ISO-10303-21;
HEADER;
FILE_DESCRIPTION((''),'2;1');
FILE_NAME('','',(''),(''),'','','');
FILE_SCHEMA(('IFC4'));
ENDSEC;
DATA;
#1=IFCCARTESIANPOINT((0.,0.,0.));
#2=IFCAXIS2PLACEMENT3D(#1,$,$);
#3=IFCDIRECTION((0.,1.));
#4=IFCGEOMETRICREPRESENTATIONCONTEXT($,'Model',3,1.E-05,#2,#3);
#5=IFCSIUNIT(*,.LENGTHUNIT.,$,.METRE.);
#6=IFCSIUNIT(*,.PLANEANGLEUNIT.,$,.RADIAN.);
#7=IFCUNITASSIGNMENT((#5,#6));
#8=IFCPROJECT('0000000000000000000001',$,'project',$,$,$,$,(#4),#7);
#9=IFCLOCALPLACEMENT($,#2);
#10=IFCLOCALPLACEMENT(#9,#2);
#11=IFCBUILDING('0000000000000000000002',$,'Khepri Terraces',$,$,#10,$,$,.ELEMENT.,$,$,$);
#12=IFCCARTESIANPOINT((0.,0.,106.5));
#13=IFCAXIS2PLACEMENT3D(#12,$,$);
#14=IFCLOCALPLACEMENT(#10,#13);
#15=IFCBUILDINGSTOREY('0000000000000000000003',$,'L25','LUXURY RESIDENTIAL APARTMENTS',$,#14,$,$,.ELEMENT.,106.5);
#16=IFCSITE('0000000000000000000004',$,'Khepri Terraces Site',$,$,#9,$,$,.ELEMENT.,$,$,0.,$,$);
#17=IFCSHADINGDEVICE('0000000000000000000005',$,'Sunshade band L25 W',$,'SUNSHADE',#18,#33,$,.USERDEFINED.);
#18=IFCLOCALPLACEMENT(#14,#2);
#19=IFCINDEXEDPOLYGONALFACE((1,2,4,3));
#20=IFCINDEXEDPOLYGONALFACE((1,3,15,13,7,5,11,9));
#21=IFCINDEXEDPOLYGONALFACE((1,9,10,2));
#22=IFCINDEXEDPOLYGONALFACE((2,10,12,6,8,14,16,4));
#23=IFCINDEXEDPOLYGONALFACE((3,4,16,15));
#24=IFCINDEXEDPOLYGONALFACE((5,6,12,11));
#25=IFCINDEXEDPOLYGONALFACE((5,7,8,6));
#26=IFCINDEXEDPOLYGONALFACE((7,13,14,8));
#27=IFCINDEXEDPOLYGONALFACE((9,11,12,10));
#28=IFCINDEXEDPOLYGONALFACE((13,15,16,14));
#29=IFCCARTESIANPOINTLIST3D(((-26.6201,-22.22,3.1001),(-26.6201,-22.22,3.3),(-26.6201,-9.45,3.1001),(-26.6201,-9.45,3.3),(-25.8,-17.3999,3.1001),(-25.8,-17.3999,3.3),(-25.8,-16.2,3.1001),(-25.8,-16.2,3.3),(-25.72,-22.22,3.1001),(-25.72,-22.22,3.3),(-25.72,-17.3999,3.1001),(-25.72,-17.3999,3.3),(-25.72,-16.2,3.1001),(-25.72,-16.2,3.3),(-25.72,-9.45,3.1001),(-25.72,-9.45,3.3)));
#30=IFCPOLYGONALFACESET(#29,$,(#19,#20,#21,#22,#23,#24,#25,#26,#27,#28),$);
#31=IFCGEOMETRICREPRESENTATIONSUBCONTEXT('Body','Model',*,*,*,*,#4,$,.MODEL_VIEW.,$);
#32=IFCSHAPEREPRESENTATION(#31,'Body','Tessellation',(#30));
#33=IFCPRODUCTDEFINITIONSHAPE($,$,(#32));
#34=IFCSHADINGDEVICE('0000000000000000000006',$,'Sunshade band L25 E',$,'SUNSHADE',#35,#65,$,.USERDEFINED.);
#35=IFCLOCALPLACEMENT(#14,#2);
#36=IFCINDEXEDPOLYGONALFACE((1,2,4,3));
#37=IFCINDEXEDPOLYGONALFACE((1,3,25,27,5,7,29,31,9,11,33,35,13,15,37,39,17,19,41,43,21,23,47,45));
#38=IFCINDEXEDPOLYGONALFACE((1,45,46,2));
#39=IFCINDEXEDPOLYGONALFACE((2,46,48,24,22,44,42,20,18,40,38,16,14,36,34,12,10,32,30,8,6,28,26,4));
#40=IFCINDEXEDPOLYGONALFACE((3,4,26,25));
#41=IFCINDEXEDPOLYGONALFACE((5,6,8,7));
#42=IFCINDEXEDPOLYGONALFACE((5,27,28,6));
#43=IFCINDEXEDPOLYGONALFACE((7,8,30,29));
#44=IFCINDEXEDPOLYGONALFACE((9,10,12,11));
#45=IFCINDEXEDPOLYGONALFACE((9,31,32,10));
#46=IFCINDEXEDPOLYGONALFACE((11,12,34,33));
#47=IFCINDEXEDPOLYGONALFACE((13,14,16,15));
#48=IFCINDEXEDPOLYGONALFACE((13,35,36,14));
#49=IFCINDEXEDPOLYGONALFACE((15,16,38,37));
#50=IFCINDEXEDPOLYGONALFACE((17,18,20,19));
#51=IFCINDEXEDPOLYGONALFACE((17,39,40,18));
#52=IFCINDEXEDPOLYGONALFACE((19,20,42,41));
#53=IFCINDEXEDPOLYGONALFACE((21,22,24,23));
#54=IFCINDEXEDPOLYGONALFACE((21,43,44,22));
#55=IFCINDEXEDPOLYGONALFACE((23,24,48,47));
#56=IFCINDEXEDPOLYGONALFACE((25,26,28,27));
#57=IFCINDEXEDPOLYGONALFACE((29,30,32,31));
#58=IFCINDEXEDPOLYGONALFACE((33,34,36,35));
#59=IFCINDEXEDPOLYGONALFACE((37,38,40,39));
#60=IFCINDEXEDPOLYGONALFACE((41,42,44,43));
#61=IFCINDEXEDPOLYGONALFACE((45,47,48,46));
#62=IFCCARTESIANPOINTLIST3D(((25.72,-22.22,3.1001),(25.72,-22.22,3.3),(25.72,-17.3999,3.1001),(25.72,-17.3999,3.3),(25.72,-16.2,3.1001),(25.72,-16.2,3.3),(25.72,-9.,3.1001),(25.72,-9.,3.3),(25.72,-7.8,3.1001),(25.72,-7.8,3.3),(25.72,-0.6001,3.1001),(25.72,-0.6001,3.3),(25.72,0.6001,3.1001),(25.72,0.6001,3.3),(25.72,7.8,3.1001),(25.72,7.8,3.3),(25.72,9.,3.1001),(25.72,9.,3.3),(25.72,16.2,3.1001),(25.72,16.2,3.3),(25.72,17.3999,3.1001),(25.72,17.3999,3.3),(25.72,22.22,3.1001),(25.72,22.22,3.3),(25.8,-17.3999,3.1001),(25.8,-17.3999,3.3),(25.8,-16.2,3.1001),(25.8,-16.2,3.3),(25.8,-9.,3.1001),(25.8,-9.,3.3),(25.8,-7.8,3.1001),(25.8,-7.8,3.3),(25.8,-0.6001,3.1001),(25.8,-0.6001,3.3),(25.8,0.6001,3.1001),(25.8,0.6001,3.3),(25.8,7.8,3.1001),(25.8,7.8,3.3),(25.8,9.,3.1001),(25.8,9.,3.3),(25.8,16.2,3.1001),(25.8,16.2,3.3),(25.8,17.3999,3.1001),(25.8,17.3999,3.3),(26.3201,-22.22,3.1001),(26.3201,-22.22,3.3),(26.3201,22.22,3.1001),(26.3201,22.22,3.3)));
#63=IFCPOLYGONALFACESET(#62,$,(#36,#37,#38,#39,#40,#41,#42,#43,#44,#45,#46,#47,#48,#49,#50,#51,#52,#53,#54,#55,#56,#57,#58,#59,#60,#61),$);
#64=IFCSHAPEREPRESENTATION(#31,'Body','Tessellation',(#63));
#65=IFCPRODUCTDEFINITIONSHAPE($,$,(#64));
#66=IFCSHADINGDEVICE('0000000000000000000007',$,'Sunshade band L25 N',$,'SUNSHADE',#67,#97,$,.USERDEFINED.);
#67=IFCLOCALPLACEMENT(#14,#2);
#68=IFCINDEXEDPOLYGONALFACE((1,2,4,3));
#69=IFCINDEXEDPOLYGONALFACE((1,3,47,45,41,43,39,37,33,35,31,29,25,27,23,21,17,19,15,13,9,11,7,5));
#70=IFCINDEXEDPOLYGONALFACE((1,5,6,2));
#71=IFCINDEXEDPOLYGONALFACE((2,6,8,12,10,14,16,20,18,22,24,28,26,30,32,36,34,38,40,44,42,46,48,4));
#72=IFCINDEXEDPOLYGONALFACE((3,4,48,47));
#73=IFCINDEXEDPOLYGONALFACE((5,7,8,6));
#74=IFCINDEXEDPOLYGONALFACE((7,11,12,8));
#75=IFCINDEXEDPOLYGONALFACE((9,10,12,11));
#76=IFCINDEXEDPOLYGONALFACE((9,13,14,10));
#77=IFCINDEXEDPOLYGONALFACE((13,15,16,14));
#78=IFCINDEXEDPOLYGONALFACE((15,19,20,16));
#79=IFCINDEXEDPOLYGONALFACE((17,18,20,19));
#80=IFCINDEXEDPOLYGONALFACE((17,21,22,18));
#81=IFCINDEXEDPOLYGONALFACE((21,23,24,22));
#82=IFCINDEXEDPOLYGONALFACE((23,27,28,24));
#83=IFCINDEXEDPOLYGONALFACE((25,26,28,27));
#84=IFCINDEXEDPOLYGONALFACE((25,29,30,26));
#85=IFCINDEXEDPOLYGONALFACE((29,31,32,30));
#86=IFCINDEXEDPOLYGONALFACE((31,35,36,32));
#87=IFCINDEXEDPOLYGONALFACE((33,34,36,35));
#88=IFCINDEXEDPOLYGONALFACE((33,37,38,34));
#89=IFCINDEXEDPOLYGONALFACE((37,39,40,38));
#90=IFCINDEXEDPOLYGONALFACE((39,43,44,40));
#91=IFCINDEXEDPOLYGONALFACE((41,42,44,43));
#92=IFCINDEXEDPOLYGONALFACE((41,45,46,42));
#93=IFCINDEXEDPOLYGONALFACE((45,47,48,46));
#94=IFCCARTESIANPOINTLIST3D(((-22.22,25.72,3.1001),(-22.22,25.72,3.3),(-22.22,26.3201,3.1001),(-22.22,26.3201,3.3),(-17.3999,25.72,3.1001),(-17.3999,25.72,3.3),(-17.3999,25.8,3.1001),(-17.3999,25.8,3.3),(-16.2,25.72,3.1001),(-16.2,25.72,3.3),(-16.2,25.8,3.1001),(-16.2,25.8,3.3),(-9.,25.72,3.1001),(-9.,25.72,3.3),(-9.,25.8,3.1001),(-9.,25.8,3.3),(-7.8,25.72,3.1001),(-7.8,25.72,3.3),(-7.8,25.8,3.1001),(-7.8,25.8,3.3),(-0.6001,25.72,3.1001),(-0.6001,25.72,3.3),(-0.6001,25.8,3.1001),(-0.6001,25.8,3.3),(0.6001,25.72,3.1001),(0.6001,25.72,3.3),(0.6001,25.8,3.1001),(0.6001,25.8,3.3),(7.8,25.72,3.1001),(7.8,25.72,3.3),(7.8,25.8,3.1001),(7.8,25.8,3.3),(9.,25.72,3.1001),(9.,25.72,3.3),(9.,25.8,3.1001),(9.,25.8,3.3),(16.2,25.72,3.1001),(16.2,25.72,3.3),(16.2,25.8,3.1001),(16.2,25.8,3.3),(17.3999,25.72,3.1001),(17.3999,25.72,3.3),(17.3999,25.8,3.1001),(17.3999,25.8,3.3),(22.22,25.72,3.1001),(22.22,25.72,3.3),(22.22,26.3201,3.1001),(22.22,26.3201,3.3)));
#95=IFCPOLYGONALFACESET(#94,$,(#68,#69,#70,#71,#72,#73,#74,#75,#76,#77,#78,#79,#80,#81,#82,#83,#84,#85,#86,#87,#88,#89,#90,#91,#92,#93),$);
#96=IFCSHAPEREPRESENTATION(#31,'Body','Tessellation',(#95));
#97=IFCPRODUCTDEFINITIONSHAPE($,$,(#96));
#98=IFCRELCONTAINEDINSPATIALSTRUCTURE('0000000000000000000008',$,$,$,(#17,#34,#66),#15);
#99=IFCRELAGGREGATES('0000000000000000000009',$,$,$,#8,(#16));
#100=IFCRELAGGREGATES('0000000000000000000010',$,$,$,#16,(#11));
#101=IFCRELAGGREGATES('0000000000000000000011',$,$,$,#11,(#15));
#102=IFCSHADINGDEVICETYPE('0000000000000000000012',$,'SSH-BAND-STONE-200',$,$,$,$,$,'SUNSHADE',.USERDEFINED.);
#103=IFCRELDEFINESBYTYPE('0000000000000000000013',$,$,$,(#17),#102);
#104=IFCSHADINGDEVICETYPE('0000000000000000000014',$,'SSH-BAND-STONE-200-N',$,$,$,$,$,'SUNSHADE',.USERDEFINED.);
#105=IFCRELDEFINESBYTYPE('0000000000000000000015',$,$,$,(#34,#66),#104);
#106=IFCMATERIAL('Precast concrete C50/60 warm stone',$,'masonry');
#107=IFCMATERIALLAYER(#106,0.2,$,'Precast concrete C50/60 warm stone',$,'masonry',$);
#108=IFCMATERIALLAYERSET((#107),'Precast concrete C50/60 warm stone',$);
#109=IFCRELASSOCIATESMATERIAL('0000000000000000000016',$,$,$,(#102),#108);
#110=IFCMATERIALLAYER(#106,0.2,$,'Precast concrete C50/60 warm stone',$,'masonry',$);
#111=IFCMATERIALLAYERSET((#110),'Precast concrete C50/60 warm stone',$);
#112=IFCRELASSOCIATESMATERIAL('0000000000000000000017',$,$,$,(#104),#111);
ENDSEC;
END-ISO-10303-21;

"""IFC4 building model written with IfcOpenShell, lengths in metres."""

from ifc_helpers import new_model, si_unit, direction, frame, origin, place, context, subcontext, project, spatial, polyline, outline, extrude, material, layer, layer_set, type_object, element, save


model = new_model("IFC4")

# Units and contexts
model_context = context("Model", 3, precision=1e-05, world=origin(), true_north=direction((0.0, 1.0)))
body_context = subcontext(model_context, "Body", "Model", "MODEL_VIEW")
ifc_project = project(units=[si_unit("LENGTHUNIT", "METRE"), si_unit("PLANEANGLEUNIT", "RADIAN")], contexts=[model_context])

# Site, building, storey
site_placement = place(None, origin())
site = spatial("IfcSite", under=ifc_project, at=site_placement, Name="Khepri Terraces Site", CompositionType="ELEMENT", RefElevation=0.0)
building_placement = place(site_placement, origin())
building = spatial("IfcBuilding", under=site, at=building_placement, Name="Khepri Terraces", CompositionType="ELEMENT")
storey_placement = place(building_placement, frame((0.0, 0.0, 106.5)))
storey = spatial("IfcBuildingStorey", under=building, at=storey_placement, Name="L25", Description="LUXURY RESIDENTIAL APARTMENTS", CompositionType="ELEMENT", Elevation=106.5)

# Shading devices
ifc_material_1 = material(Name="Precast concrete C50/60 warm stone", Category="masonry")
ifc_layer_1 = layer(ifc_material_1, 0.2, Name="Precast concrete C50/60 warm stone", Category="masonry")
ifc_layer_set_1 = layer_set([ifc_layer_1], Name="Precast concrete C50/60 warm stone")
shading_device_type_1 = type_object("IfcShadingDeviceType", Name="SSH-BAND-STONE-200", ElementType="SUNSHADE", PredefinedType="USERDEFINED", material=ifc_layer_set_1)
shading_device_1_placement = place(storey_placement, frame((0.0, 0.0, 3.1001)))
element("IfcShadingDevice", 1, at=shading_device_1_placement, inside=storey, type_object=shading_device_type_1, Name="Sunshade band L25 W", ObjectType="SUNSHADE", PredefinedType="USERDEFINED", context=body_context, shape_type="SweptSolid", body=[
    extrude(outline(polyline([(-25.72, -16.2), (-25.72, -9.45), (-26.6201, -9.45), (-26.6201, -22.22), (-25.72, -22.22), (-25.72, -17.3999), (-25.8, -17.3999), (-25.8, -16.2), (-25.72, -16.2)])), origin(), (0.0, 0.0, 1.0), 0.2),
])
ifc_layer_2 = layer(ifc_material_1, 0.2, Name="Precast concrete C50/60 warm stone", Category="masonry")
ifc_layer_set_2 = layer_set([ifc_layer_2], Name="Precast concrete C50/60 warm stone")
shading_device_type_2 = type_object("IfcShadingDeviceType", Name="SSH-BAND-STONE-200-N", ElementType="SUNSHADE", PredefinedType="USERDEFINED", material=ifc_layer_set_2)
shading_device_2_placement = place(storey_placement, frame((0.0, 0.0, 3.1001)))
element("IfcShadingDevice", 2, at=shading_device_2_placement, inside=storey, type_object=shading_device_type_2, Name="Sunshade band L25 E", ObjectType="SUNSHADE", PredefinedType="USERDEFINED", context=body_context, shape_type="SweptSolid", body=[
    extrude(outline(polyline([(25.72, -17.3999), (25.72, -22.22), (26.3201, -22.22), (26.3201, 22.22), (25.72, 22.22), (25.72, 17.3999), (25.8, 17.3999), (25.8, 16.2), (25.72, 16.2), (25.72, 9.0), (25.8, 9.0), (25.8, 7.8), (25.72, 7.8), (25.72, 0.6001), (25.8, 0.6001), (25.8, -0.6001), (25.72, -0.6001), (25.72, -7.8), (25.8, -7.8), (25.8, -9.0), (25.72, -9.0), (25.72, -16.2), (25.8, -16.2), (25.8, -17.3999), (25.72, -17.3999)])), origin(), (0.0, 0.0, 1.0), 0.2),
])
shading_device_3_placement = place(storey_placement, frame((0.0, 0.0, 3.1001)))
element("IfcShadingDevice", 3, at=shading_device_3_placement, inside=storey, type_object=shading_device_type_2, Name="Sunshade band L25 N", ObjectType="SUNSHADE", PredefinedType="USERDEFINED", context=body_context, shape_type="SweptSolid", body=[
    extrude(outline(polyline([(17.3999, 25.72), (22.22, 25.72), (22.22, 26.3201), (-22.22, 26.3201), (-22.22, 25.72), (-17.3999, 25.72), (-17.3999, 25.8), (-16.2, 25.8), (-16.2, 25.72), (-9.0, 25.72), (-9.0, 25.8), (-7.8, 25.8), (-7.8, 25.72), (-0.6001, 25.72), (-0.6001, 25.8), (0.6001, 25.8), (0.6001, 25.72), (7.8, 25.72), (7.8, 25.8), (9.0, 25.8), (9.0, 25.72), (16.2, 25.72), (16.2, 25.8), (17.3999, 25.8), (17.3999, 25.72)])), origin(), (0.0, 0.0, 1.0), 0.2),
])

save(model, "model.ifc")
